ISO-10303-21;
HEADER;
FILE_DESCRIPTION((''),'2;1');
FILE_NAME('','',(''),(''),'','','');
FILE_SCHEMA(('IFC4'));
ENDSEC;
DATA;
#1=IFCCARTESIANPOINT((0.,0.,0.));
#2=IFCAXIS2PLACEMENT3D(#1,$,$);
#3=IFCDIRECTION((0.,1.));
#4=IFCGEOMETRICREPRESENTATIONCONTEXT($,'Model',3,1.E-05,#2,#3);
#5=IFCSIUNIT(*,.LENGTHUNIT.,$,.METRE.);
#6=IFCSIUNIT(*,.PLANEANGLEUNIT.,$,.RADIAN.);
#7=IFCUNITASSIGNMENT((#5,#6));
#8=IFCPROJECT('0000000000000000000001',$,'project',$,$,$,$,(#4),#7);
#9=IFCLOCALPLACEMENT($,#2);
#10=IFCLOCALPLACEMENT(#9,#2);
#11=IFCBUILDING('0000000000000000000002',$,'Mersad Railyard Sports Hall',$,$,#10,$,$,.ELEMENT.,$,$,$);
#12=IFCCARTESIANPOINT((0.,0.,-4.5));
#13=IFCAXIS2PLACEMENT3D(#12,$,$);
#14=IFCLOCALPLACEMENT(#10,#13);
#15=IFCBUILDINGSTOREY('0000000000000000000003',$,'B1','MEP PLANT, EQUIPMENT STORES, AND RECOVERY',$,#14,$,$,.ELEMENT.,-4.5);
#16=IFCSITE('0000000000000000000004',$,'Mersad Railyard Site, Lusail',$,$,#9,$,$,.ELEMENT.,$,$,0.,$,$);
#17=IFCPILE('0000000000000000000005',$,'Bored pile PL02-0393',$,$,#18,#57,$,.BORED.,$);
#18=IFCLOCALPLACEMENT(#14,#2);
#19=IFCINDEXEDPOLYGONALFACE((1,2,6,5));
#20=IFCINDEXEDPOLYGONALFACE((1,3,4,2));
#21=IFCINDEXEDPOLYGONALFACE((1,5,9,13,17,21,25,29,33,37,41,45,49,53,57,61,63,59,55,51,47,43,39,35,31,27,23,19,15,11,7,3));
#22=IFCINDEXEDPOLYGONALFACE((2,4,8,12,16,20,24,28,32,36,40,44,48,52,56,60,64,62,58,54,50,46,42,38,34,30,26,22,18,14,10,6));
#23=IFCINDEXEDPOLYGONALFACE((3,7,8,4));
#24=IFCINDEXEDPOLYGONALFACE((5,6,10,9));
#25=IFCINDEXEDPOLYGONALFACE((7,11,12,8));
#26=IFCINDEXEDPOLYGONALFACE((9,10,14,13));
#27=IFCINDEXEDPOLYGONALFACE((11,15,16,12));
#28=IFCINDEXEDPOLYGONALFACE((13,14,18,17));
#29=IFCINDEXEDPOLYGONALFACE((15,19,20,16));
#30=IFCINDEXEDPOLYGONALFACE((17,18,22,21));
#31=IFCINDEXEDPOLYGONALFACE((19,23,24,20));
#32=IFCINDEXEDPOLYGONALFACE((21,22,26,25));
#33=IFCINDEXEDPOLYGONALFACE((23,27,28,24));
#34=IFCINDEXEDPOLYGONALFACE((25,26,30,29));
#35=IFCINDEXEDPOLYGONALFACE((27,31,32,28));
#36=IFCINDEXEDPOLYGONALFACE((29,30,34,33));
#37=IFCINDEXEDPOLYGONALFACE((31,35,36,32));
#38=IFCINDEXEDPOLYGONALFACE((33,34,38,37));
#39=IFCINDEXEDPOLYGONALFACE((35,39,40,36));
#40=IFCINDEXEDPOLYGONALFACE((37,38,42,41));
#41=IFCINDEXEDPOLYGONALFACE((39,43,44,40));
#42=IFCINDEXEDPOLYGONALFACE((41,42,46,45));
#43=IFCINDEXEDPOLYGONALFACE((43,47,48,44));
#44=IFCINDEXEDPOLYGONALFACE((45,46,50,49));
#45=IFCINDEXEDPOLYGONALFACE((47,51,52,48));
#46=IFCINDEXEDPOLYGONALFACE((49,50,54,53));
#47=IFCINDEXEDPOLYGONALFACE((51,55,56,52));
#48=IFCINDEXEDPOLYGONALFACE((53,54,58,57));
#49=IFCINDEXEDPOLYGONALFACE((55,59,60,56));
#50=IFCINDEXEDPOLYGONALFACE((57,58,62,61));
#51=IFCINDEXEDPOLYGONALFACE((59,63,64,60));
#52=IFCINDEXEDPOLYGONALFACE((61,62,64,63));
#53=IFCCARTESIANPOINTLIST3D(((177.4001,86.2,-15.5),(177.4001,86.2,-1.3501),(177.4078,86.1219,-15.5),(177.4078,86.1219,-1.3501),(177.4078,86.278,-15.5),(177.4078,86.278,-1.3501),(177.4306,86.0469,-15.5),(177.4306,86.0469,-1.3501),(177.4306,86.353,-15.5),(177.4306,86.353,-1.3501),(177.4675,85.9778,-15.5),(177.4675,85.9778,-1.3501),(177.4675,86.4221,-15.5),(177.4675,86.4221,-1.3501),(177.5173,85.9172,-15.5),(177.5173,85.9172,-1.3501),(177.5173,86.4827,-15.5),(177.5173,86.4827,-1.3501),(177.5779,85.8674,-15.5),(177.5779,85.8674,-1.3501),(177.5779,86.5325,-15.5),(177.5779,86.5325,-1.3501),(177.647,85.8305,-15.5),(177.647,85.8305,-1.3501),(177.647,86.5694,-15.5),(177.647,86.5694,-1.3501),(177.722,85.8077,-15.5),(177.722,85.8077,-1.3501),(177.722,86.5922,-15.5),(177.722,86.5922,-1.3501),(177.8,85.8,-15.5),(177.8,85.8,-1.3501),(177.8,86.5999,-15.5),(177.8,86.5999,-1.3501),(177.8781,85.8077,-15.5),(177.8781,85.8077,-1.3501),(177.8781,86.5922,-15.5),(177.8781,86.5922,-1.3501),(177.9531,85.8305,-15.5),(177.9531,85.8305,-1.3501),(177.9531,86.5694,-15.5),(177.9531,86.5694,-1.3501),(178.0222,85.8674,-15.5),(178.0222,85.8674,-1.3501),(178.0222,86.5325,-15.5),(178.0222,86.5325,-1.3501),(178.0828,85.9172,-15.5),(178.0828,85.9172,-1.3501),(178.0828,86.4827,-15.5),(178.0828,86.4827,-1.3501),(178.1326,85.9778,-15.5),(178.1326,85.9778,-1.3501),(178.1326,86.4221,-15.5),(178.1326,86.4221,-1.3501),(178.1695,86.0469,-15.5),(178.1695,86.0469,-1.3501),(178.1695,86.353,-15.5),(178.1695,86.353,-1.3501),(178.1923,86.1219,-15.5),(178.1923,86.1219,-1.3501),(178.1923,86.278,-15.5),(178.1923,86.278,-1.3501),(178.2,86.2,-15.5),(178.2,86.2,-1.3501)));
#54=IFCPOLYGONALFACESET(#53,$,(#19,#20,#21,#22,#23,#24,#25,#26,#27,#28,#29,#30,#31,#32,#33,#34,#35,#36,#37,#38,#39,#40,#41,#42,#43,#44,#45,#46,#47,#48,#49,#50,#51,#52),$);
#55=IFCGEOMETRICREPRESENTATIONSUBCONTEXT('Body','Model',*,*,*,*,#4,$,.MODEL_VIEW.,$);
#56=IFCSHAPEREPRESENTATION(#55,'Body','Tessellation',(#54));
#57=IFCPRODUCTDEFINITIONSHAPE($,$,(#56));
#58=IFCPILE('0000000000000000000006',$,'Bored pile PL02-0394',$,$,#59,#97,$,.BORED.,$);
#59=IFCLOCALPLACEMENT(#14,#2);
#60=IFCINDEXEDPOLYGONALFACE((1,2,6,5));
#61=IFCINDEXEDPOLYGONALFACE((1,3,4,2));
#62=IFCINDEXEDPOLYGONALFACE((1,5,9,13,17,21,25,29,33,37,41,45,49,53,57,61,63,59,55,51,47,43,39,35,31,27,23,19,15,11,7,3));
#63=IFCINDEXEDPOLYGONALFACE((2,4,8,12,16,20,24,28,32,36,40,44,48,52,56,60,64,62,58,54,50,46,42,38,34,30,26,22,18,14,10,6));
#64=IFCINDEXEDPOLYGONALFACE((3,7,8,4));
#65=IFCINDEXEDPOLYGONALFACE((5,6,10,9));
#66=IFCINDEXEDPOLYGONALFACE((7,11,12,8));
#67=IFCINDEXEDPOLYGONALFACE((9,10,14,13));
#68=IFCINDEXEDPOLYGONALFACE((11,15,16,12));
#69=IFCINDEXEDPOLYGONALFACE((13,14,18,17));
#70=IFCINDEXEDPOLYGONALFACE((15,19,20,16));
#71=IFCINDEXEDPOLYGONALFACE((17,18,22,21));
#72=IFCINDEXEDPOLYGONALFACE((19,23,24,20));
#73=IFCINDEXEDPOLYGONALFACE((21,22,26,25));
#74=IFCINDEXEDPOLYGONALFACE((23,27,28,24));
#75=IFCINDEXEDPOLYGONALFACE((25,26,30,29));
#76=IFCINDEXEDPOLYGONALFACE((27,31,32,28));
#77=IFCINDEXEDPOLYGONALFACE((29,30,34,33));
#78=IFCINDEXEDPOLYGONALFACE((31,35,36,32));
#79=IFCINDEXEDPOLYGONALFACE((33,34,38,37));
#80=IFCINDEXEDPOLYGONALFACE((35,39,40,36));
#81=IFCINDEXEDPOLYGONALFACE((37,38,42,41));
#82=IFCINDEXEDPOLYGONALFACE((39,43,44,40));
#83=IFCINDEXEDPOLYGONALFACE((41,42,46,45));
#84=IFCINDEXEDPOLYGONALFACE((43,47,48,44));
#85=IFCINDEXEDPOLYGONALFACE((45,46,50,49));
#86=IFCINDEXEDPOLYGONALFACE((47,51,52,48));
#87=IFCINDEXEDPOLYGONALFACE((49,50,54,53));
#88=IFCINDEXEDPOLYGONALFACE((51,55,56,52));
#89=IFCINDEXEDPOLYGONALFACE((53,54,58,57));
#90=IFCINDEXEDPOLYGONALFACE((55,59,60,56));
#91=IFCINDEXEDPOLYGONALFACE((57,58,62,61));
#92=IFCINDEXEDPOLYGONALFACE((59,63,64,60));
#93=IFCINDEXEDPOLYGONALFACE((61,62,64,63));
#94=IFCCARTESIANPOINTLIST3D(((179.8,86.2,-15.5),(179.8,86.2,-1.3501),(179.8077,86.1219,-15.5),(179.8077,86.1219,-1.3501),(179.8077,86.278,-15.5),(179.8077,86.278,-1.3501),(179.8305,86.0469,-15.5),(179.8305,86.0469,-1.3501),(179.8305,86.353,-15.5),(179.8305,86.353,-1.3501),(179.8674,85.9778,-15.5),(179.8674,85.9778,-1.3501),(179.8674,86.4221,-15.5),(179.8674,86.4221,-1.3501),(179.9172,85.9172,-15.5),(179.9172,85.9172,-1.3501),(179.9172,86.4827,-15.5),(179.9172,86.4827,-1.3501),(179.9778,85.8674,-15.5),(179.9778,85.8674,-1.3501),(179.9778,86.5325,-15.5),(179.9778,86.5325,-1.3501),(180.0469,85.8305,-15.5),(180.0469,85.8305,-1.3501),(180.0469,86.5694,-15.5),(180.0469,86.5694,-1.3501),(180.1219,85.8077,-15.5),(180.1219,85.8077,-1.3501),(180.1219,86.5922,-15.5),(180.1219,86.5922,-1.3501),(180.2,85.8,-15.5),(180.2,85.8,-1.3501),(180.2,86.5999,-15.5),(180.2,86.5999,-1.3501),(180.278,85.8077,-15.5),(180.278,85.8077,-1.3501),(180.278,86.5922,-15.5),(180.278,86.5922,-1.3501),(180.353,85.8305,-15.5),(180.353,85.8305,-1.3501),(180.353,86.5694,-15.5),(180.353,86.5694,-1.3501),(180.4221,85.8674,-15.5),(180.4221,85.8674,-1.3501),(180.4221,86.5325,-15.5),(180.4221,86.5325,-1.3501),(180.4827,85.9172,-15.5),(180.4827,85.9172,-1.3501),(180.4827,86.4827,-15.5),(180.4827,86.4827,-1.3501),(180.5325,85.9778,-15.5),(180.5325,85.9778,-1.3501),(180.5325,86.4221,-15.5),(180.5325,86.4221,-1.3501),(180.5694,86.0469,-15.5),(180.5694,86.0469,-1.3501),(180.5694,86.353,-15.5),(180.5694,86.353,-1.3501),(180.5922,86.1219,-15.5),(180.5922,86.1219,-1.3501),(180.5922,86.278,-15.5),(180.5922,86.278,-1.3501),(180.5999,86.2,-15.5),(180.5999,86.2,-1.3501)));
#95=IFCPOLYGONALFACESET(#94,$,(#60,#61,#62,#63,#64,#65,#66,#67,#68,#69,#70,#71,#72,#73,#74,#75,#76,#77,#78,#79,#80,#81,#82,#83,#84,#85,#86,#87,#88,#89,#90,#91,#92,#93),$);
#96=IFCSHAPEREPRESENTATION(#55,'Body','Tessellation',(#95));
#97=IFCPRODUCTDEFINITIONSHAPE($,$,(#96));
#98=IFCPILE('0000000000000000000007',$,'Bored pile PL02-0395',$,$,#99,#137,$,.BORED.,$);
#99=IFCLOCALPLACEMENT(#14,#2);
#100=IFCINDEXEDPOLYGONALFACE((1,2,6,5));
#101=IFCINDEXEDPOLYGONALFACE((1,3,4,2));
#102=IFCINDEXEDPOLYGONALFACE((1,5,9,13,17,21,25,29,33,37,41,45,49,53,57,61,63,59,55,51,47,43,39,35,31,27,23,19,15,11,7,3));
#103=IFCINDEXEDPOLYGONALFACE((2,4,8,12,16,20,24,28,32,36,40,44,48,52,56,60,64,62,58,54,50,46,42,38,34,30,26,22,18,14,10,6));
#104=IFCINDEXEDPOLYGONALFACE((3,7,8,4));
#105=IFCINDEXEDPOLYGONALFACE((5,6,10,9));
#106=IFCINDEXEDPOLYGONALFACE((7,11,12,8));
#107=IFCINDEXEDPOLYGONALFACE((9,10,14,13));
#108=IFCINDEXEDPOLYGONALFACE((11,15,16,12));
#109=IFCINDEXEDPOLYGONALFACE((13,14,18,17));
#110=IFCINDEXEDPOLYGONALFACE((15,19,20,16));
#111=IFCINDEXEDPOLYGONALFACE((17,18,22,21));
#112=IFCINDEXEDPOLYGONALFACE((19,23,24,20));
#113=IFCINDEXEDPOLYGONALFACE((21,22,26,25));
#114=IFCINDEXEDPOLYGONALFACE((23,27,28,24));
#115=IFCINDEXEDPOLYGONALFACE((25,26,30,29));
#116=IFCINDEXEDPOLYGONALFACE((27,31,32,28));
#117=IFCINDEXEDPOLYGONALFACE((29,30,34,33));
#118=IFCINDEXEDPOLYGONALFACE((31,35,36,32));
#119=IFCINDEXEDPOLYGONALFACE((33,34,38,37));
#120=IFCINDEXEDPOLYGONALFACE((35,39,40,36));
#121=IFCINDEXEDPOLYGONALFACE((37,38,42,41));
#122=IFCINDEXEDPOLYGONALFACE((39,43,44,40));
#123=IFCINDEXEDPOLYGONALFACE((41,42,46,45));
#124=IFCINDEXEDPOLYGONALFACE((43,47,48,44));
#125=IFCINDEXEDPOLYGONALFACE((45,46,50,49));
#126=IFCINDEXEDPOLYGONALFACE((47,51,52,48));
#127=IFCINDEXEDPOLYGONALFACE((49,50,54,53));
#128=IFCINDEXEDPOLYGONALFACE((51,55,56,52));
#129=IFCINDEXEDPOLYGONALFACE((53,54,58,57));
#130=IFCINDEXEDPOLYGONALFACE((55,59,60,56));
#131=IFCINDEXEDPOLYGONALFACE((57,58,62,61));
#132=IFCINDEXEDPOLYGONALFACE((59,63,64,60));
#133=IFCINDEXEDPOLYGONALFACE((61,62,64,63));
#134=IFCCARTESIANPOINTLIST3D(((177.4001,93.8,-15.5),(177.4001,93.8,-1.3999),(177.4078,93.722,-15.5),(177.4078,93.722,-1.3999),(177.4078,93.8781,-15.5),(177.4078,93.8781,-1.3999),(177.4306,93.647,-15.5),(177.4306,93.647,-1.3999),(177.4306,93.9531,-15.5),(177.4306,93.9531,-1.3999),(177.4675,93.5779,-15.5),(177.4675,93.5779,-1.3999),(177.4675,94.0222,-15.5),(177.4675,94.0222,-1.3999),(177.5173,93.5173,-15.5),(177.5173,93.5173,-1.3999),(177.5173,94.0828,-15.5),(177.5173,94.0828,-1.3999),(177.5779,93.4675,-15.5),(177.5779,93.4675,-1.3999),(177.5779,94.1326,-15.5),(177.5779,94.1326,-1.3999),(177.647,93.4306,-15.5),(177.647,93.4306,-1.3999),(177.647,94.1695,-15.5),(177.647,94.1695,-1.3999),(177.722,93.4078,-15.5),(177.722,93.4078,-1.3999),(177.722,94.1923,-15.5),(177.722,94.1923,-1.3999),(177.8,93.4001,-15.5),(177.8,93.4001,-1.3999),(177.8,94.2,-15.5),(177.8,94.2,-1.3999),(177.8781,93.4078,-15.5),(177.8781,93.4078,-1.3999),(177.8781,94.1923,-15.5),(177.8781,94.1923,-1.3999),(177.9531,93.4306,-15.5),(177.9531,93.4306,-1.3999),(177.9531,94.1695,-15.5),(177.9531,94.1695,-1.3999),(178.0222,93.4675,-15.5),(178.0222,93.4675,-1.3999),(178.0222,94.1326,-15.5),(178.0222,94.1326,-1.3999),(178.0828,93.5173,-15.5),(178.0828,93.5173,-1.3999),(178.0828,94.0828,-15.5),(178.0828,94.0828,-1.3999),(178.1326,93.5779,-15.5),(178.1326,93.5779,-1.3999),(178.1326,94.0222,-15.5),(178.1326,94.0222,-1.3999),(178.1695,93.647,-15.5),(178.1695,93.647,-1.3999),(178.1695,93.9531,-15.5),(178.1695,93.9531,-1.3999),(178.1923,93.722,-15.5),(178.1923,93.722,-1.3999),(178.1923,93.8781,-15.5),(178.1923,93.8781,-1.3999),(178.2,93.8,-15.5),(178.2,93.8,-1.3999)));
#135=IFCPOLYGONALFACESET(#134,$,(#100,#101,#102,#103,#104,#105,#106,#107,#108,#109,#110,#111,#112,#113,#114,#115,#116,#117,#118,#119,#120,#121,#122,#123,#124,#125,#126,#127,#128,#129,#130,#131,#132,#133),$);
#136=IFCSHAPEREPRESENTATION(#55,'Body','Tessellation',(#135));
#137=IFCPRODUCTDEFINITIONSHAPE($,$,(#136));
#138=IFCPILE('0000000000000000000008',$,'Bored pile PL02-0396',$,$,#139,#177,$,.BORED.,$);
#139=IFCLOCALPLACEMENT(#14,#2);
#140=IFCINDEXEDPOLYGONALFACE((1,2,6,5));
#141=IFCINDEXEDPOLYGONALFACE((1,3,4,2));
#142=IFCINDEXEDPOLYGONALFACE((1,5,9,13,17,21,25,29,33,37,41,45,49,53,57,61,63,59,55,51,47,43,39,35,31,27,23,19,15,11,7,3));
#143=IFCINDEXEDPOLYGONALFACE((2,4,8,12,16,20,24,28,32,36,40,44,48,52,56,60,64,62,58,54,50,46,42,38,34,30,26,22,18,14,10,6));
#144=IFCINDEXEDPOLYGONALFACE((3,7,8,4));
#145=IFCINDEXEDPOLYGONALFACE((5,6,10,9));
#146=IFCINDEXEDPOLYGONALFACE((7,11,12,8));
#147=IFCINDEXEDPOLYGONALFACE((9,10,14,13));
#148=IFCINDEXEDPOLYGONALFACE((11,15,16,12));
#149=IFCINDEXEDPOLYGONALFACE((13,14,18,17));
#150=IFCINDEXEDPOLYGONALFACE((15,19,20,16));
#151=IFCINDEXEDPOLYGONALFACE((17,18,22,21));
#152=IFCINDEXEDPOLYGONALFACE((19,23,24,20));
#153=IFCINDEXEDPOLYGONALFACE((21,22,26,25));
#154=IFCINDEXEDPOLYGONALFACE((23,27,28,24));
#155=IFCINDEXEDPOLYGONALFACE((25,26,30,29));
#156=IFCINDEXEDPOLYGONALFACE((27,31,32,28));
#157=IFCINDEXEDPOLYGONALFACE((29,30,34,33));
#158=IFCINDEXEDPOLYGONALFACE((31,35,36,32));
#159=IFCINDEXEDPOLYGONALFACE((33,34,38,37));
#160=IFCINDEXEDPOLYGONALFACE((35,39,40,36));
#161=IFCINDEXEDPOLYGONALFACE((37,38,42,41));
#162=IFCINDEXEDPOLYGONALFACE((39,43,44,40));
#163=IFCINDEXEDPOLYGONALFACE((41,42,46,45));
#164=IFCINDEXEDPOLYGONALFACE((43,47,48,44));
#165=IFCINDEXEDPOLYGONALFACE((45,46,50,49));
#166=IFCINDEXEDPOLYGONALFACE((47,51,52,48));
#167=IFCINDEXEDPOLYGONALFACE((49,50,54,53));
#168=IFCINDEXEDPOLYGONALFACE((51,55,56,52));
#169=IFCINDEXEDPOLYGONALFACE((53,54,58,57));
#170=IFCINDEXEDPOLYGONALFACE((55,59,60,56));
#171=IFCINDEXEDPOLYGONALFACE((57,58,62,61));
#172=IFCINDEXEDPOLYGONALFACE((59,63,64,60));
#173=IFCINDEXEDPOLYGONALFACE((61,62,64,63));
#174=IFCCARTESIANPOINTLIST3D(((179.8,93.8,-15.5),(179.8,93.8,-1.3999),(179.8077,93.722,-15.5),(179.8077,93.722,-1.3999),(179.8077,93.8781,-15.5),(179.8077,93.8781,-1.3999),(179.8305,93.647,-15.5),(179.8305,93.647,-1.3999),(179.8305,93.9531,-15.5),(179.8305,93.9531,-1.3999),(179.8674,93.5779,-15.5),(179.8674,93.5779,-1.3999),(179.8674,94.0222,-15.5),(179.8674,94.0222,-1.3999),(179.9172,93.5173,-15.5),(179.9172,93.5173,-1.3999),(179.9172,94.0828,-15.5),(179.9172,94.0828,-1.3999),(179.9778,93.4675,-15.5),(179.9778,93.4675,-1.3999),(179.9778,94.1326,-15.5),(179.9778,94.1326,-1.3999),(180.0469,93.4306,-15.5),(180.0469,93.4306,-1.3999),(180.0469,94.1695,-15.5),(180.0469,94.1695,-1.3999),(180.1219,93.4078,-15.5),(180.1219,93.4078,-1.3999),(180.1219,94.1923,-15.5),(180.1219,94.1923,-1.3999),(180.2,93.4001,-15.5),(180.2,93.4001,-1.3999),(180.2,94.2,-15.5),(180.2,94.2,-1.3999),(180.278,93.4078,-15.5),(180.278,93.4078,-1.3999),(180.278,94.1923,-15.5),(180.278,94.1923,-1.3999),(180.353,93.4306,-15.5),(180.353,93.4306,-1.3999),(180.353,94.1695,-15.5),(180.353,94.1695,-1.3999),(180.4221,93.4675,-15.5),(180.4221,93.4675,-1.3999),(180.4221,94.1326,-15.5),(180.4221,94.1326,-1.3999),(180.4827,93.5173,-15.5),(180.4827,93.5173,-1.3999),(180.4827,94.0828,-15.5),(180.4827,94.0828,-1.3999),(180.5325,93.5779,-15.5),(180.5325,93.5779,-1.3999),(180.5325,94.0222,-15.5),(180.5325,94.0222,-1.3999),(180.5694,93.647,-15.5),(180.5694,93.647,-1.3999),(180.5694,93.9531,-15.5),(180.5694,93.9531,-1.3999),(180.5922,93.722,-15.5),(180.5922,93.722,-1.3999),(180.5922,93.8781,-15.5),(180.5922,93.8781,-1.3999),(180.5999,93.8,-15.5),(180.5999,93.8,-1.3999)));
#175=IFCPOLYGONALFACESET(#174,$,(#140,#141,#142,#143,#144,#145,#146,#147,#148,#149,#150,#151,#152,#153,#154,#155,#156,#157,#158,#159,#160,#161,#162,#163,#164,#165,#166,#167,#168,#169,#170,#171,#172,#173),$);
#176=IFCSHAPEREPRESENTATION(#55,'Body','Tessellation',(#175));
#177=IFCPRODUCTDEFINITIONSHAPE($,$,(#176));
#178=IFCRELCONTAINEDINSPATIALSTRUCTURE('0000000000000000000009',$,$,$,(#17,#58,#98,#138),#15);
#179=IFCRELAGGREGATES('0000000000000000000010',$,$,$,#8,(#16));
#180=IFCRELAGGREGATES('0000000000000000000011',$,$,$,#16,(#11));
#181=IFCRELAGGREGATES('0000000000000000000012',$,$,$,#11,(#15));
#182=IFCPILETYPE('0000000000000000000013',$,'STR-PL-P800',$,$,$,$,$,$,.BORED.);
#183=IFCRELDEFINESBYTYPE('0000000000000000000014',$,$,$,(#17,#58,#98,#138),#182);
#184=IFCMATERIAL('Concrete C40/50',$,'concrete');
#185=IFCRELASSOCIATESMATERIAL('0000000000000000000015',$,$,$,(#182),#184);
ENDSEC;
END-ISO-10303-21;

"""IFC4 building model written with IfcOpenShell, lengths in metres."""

from ifc_helpers import new_model, si_unit, direction, frame, origin, origin_2d, place, context, subcontext, project, spatial, circle, extrude, material, material_profile, profile_set, type_object, element, save


model = new_model("IFC4")

# Units and contexts
model_context = context("Model", 3, precision=1e-05, world=origin(), true_north=direction((0.0, 1.0)))
body_context = subcontext(model_context, "Body", "Model", "MODEL_VIEW")
ifc_project = project(units=[si_unit("LENGTHUNIT", "METRE"), si_unit("PLANEANGLEUNIT", "RADIAN")], contexts=[model_context])

# Site, building, storey
site_placement = place(None, origin())
site = spatial("IfcSite", under=ifc_project, at=site_placement, Name="Mersad Railyard Site, Lusail", CompositionType="ELEMENT", RefElevation=0.0)
building_placement = place(site_placement, origin())
building = spatial("IfcBuilding", under=site, at=building_placement, Name="Mersad Railyard Sports Hall", CompositionType="ELEMENT")
storey_placement = place(building_placement, frame((0.0, 0.0, -4.5)))
storey = spatial("IfcBuildingStorey", under=building, at=storey_placement, Name="B1", Description="MEP PLANT, EQUIPMENT STORES, AND RECOVERY", CompositionType="ELEMENT", Elevation=-4.5)

# Shared definitions
ifc_material_1 = material(Name="Concrete C40/50", Category="concrete")

# Piles
ifc_material_profile_1 = material_profile(ifc_material_1, circle(Radius=0.3999, at=origin_2d()), Name="BORED PILE D800")
ifc_profile_set_1 = profile_set([ifc_material_profile_1], Name="Concrete C40/50")
pile_type_1 = type_object("IfcPileType", Name="STR-PL-P800", PredefinedType="BORED", material=ifc_profile_set_1)
for number, where, z_axis, x_axis, name in (
    (1, (177.8, 86.2, -1.3501), (0.0, 0.0, -1.0), (1.0, 0.0, 0.0), "Bored pile PL02-0393"),
    (2, (180.2, 86.2, -1.3501), (0.0, 0.0, -1.0), (1.0, 0.0, 0.0), "Bored pile PL02-0394"),
):
    element("IfcPile", number, at=place(storey_placement, frame(where, z_axis=z_axis, x_axis=x_axis)), inside=storey, type_object=pile_type_1, Name=name, PredefinedType="BORED", context=body_context, shape_type="SweptSolid", body=[
        extrude(circle(Radius=0.3999, at=origin_2d()), origin(), (0.0, 0.0, 1.0), 14.1499),
    ])
for number, where, z_axis, x_axis, name in (
    (3, (177.8, 93.8, -1.3999), (0.0, 0.0, -1.0), (1.0, 0.0, 0.0), "Bored pile PL02-0395"),
    (4, (180.2, 93.8, -1.3999), (0.0, 0.0, -1.0), (1.0, 0.0, 0.0), "Bored pile PL02-0396"),
):
    element("IfcPile", number, at=place(storey_placement, frame(where, z_axis=z_axis, x_axis=x_axis)), inside=storey, type_object=pile_type_1, Name=name, PredefinedType="BORED", context=body_context, shape_type="SweptSolid", body=[
        extrude(circle(Radius=0.3999, at=origin_2d()), origin(), (0.0, 0.0, 1.0), 14.1001),
    ])

save(model, "model.ifc")
